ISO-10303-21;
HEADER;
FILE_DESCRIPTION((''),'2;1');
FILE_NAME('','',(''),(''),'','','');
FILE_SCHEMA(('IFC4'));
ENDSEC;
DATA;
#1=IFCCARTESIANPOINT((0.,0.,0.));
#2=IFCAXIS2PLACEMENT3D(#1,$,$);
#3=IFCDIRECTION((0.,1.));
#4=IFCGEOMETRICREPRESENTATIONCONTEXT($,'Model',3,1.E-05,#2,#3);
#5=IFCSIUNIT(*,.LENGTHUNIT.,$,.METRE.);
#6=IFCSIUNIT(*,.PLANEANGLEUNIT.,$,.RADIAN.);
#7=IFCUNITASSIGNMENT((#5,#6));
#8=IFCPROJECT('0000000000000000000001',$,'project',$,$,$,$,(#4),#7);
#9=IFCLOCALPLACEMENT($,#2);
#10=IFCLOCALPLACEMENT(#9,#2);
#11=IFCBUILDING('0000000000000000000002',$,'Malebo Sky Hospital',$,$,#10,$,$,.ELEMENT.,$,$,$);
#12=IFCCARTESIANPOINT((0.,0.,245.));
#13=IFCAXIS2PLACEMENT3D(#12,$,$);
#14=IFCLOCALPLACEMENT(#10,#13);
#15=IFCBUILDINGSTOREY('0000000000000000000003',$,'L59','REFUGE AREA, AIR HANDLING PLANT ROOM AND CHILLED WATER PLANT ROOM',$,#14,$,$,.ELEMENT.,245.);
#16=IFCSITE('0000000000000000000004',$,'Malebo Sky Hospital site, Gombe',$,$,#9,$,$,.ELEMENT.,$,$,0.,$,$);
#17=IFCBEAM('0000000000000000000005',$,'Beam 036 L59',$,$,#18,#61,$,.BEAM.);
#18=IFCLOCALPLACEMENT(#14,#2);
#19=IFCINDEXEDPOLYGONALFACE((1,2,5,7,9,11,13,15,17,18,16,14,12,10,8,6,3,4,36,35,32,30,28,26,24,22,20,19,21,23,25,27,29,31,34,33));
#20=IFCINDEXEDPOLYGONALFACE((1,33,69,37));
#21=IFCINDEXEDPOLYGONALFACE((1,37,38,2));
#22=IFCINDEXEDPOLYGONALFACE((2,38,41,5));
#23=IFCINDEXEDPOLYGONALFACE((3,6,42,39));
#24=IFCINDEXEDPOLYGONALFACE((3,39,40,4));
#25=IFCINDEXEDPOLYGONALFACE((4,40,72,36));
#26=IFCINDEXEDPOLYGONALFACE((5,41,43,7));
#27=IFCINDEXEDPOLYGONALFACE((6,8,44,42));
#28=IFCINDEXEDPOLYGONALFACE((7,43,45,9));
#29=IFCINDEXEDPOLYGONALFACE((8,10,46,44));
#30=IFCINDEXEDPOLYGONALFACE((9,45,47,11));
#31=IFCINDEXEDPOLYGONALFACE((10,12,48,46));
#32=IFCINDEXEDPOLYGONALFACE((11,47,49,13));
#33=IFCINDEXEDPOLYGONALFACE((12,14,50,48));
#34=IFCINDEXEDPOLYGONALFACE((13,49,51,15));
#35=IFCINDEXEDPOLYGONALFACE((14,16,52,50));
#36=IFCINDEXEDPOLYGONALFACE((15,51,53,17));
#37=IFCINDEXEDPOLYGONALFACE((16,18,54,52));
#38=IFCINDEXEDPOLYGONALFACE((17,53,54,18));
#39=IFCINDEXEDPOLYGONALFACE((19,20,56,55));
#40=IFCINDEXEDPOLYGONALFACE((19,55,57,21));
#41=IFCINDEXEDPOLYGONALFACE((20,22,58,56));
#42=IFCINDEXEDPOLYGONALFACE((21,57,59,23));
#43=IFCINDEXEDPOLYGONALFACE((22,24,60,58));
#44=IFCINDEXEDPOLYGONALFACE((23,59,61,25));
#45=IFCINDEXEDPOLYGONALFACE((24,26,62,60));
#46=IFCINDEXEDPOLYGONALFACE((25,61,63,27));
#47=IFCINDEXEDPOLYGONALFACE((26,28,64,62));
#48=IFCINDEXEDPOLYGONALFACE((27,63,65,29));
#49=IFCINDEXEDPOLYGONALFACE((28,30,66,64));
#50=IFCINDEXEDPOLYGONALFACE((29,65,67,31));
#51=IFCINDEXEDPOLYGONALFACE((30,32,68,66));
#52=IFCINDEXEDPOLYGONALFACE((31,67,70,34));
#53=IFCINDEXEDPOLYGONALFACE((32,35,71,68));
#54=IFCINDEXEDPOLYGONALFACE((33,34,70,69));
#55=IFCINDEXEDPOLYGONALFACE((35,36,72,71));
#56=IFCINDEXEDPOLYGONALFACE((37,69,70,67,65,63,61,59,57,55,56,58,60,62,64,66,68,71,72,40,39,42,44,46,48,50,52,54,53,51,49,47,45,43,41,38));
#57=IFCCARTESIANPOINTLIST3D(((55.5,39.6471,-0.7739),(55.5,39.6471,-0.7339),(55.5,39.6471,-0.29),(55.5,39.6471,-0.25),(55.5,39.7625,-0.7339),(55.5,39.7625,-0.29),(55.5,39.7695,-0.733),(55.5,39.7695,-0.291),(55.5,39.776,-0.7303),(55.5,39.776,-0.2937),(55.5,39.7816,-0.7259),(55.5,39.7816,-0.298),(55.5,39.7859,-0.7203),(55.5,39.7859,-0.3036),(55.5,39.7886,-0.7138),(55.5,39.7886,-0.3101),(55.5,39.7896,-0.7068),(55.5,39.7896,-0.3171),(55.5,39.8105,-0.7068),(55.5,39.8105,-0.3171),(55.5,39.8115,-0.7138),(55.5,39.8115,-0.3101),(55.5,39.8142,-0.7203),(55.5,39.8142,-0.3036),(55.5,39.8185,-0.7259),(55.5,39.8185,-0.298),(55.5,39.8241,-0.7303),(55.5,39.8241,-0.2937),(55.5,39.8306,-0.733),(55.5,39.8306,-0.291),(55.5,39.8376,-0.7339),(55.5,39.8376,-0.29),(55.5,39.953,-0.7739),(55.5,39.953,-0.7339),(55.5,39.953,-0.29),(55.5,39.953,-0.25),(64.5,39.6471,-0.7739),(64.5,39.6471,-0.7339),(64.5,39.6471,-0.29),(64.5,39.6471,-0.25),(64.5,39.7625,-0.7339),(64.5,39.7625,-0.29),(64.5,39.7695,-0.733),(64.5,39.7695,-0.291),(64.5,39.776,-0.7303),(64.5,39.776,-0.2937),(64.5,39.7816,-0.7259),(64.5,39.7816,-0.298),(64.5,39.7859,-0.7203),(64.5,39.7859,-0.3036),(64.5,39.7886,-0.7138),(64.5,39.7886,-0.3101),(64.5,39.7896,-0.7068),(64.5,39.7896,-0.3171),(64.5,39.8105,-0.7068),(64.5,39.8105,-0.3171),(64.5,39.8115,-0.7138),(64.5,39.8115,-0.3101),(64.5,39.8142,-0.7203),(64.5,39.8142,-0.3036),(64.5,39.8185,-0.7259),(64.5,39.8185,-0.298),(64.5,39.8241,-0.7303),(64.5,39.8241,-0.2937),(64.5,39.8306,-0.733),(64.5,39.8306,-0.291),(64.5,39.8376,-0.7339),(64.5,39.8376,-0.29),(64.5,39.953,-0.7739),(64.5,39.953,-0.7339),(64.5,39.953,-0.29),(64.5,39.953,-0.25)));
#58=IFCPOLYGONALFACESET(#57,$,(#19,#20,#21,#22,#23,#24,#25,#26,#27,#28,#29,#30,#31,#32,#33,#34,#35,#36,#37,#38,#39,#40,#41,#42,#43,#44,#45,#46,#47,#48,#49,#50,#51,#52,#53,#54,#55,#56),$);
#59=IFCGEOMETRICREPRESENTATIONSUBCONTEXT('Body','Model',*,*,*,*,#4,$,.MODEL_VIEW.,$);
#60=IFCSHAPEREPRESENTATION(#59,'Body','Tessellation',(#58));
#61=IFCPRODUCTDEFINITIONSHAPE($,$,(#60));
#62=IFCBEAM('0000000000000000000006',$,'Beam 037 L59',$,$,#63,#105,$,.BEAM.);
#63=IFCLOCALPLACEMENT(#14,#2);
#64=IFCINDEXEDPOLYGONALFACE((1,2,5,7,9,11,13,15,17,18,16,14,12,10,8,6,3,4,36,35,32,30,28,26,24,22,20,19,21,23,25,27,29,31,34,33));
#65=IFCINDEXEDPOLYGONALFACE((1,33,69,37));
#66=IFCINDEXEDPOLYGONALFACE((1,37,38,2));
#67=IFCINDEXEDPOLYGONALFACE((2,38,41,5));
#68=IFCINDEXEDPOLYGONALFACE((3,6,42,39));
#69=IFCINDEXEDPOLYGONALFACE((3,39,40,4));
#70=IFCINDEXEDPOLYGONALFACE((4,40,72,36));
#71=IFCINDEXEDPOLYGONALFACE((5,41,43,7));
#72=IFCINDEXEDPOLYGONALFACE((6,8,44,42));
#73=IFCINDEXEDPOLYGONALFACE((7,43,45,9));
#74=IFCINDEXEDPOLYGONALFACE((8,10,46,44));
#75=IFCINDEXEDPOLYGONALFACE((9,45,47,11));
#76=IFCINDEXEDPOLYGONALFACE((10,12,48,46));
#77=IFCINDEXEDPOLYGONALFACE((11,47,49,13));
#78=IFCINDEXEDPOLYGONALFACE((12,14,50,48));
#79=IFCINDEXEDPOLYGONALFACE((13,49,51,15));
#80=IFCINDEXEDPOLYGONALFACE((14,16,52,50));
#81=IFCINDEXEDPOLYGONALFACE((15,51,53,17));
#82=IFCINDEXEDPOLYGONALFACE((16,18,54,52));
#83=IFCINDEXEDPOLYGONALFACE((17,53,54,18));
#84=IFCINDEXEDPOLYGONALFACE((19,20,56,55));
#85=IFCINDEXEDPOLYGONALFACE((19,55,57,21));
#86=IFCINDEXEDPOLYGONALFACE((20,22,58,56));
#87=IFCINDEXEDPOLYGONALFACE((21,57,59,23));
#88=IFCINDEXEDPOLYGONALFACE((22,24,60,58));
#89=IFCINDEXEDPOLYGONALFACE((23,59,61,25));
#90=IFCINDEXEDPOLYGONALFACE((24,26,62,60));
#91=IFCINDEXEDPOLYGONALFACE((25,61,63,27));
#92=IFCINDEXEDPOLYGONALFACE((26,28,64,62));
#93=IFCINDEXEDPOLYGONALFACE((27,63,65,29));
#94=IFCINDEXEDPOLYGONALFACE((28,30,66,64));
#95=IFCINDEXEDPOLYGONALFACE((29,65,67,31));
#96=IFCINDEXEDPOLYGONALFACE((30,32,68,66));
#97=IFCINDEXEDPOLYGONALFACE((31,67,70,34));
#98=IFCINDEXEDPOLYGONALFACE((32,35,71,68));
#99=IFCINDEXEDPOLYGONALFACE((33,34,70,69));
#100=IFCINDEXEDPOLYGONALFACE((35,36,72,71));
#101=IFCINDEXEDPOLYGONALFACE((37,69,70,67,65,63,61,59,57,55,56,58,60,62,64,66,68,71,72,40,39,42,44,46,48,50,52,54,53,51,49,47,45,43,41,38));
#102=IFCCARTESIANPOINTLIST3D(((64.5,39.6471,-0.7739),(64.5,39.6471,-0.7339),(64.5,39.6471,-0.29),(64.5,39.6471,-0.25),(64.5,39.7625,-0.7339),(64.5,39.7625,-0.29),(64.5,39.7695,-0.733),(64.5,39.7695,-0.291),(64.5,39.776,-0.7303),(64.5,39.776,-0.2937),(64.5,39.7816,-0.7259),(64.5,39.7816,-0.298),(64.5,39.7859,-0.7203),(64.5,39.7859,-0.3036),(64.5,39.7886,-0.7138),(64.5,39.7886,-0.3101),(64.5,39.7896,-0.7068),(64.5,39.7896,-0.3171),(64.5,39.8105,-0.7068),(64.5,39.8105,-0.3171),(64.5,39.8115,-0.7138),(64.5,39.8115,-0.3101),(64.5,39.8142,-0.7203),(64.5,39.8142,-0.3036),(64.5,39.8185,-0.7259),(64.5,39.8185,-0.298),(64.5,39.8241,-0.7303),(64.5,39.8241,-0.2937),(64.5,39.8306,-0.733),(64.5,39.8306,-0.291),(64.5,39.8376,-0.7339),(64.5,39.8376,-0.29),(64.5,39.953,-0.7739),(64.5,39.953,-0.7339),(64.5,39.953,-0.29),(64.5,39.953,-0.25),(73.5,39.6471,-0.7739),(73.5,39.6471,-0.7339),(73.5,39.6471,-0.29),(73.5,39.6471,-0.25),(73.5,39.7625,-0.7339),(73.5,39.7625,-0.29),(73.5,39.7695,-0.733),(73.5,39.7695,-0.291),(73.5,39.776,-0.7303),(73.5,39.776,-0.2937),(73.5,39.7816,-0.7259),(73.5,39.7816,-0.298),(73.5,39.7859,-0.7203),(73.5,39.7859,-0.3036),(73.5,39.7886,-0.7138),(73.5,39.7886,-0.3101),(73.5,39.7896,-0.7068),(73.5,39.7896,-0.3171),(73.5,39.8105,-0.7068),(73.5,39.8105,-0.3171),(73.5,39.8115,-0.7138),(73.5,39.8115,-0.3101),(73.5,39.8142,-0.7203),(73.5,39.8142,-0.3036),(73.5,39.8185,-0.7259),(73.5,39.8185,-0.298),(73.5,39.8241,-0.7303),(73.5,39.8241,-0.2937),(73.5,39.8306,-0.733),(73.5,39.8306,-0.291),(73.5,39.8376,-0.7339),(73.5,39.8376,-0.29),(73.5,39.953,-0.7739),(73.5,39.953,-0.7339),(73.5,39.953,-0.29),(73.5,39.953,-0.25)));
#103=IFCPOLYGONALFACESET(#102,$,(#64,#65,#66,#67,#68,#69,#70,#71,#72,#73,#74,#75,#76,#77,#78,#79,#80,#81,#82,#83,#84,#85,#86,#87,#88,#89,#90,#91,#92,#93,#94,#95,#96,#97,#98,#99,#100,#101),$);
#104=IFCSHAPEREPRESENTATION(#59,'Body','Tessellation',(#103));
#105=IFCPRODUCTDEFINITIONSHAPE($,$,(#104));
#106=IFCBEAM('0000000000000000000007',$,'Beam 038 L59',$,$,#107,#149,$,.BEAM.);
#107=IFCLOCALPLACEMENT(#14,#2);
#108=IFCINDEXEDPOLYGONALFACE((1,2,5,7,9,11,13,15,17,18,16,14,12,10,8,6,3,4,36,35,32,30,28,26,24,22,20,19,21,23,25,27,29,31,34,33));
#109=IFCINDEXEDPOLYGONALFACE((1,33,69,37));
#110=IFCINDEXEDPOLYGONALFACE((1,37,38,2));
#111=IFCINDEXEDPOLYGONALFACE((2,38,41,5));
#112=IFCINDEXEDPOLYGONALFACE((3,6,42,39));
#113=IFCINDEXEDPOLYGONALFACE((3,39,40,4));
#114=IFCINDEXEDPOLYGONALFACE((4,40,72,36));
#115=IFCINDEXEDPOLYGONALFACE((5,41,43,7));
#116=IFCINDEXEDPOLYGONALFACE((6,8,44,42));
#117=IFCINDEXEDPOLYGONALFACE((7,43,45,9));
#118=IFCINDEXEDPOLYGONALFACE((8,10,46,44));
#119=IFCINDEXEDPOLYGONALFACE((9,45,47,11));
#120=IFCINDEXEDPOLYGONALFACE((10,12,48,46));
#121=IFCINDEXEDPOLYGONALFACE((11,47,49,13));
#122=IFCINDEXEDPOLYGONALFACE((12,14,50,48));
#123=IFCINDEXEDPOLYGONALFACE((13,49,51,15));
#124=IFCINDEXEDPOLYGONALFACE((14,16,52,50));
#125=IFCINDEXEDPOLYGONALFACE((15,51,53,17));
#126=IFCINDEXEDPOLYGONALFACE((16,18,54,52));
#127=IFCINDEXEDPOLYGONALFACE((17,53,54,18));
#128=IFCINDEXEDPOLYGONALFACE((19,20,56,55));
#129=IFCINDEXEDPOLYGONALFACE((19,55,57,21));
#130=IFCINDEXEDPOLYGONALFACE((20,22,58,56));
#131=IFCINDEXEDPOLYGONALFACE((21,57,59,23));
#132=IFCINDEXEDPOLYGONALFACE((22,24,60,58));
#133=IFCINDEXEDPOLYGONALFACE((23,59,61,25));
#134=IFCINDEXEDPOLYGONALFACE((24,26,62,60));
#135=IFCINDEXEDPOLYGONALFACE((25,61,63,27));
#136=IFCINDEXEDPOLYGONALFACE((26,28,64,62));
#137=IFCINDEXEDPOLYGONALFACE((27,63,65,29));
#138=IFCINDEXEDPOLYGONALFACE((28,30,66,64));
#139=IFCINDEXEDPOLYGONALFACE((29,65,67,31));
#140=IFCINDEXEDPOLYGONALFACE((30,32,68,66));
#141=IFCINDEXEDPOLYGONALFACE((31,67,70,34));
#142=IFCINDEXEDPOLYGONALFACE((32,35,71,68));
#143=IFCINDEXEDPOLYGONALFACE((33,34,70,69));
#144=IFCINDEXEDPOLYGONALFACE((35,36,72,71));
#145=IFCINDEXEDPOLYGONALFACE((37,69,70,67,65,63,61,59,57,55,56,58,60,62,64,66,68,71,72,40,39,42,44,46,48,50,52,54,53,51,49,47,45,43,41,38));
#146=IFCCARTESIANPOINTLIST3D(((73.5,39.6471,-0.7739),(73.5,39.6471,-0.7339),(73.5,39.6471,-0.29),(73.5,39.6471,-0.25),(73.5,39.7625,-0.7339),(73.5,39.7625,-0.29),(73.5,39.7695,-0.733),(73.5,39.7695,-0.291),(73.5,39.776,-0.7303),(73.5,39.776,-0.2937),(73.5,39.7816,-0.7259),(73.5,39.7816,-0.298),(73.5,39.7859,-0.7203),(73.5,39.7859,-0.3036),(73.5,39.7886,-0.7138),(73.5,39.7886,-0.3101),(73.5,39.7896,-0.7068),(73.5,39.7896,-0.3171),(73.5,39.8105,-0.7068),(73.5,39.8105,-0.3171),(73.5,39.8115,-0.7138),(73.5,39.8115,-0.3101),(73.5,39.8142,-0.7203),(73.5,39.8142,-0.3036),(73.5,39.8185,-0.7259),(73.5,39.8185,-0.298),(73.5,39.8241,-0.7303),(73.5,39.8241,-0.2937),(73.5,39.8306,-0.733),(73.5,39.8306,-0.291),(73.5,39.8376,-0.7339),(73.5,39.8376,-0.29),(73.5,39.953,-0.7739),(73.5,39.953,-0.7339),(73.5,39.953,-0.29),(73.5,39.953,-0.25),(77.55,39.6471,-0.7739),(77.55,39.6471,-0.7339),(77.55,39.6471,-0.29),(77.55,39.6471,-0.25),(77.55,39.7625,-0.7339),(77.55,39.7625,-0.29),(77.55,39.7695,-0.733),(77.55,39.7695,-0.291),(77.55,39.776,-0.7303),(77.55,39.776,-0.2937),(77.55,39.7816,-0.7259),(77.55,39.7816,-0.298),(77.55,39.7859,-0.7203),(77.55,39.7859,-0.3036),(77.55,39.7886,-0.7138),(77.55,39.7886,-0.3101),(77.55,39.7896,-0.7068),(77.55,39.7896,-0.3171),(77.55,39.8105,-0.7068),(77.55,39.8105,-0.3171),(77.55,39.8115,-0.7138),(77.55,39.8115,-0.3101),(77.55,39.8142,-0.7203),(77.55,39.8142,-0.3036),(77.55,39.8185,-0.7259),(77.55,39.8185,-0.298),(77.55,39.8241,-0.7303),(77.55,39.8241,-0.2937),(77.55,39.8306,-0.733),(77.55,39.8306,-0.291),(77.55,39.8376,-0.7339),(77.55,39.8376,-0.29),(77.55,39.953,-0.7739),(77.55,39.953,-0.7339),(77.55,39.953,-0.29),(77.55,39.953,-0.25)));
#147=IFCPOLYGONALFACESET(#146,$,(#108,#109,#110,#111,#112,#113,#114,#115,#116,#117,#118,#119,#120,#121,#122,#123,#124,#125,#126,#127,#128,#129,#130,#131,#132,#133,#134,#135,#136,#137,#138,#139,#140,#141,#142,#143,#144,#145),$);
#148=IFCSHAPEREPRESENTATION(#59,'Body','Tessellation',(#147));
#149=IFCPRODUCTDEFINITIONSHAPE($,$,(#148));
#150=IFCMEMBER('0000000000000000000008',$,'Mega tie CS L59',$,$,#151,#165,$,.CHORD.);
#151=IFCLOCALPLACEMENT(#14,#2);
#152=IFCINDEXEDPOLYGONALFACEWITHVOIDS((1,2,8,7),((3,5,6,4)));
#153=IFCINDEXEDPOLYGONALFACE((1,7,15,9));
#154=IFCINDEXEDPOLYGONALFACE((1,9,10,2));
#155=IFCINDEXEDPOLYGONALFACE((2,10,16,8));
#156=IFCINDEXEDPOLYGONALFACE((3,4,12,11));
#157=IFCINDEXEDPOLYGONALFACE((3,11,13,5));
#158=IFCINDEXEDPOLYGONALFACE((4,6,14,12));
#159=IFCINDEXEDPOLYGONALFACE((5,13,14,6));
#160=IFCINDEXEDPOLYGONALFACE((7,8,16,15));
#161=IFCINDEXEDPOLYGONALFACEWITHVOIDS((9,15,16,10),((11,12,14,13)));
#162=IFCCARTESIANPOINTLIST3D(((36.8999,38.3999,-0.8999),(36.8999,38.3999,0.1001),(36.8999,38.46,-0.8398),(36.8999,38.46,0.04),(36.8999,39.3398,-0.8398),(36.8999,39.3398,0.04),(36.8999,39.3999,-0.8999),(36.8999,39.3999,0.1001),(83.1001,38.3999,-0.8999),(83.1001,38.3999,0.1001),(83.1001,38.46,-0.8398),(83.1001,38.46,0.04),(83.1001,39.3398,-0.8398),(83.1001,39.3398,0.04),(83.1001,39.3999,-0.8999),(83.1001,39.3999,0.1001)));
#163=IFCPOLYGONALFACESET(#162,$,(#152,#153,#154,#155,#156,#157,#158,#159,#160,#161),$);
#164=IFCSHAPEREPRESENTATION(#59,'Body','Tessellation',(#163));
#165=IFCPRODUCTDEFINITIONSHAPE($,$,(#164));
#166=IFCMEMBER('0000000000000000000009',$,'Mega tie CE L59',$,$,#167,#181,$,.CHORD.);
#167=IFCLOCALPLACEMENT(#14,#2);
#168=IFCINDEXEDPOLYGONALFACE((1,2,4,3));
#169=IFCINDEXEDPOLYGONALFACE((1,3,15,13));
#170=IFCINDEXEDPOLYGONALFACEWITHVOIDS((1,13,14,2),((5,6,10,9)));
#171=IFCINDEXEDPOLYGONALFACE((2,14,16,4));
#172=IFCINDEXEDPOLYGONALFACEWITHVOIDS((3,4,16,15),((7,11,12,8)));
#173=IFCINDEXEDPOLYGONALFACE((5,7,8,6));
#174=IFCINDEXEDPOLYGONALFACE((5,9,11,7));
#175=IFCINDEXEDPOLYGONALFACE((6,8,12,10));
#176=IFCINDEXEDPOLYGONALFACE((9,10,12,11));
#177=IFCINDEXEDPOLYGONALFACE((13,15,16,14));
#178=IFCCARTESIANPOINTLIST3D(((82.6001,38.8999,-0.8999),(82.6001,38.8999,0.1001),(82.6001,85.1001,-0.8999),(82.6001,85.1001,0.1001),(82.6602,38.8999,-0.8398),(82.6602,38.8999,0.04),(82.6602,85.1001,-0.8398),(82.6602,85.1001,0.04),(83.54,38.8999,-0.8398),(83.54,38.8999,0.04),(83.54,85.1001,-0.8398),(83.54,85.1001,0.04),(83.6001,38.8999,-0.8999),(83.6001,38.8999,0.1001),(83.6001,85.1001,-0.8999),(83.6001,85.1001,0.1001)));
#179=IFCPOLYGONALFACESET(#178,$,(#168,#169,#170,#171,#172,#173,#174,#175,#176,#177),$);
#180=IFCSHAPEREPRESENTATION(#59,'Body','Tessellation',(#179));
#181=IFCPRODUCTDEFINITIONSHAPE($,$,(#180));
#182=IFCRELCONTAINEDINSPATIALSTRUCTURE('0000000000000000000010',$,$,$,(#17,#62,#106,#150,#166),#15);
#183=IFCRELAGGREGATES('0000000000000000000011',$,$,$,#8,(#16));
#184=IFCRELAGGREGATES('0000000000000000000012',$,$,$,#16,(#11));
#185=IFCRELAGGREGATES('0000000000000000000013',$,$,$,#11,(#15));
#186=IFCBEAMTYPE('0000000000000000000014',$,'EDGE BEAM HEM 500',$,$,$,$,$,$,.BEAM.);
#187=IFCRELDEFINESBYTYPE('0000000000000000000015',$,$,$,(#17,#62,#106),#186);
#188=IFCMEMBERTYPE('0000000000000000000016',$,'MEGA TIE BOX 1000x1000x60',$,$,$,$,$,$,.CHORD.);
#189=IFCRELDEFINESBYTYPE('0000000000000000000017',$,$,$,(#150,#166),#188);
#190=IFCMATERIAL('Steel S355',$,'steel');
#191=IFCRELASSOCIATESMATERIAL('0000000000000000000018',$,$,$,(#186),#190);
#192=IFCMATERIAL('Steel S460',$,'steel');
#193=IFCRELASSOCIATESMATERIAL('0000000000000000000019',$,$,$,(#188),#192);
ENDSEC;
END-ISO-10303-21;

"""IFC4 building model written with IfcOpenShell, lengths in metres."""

from ifc_helpers import new_model, si_unit, direction, frame, origin, origin_2d, place, context, subcontext, project, spatial, hollow_rectangle, i_section, extrude, material, material_profile, profile_set, type_object, element, save


model = new_model("IFC4")

# Units and contexts
model_context = context("Model", 3, precision=1e-05, world=origin(), true_north=direction((0.0, 1.0)))
body_context = subcontext(model_context, "Body", "Model", "MODEL_VIEW")
ifc_project = project(units=[si_unit("LENGTHUNIT", "METRE"), si_unit("PLANEANGLEUNIT", "RADIAN")], contexts=[model_context])

# Site, building, storey
site_placement = place(None, origin())
site = spatial("IfcSite", under=ifc_project, at=site_placement, Name="Malebo Sky Hospital site, Gombe", CompositionType="ELEMENT", RefElevation=0.0)
building_placement = place(site_placement, origin())
building = spatial("IfcBuilding", under=site, at=building_placement, Name="Malebo Sky Hospital", CompositionType="ELEMENT")
storey_placement = place(building_placement, frame((0.0, 0.0, 245.0)))
storey = spatial("IfcBuildingStorey", under=building, at=storey_placement, Name="L59", Description="REFUGE AREA, AIR HANDLING PLANT ROOM AND CHILLED WATER PLANT ROOM", CompositionType="ELEMENT", Elevation=245.0)

# Shared definitions
ifc_material_1 = material(Name="Steel S460", Category="steel")

# Beams
ifc_material_2 = material(Name="Steel S355", Category="steel")
ifc_material_profile_1 = material_profile(ifc_material_2, i_section(OverallWidth=0.3059, OverallDepth=0.5239, WebThickness=0.021, FlangeThickness=0.04, FilletRadius=0.0271, at=origin_2d()), Name="HEM 500")
ifc_profile_set_1 = profile_set([ifc_material_profile_1], Name="Steel S355")
beam_type = type_object("IfcBeamType", Name="EDGE BEAM HEM 500", PredefinedType="BEAM", material=ifc_profile_set_1)
for number, where, z_axis, x_axis, name in (
    (1, (55.5, 39.8, -0.512), (1.0, 0.0, 0.0), (0.0, 1.0, 0.0), "Beam 036 L59"),
    (2, (64.5, 39.8, -0.512), (1.0, 0.0, 0.0), (0.0, 1.0, 0.0), "Beam 037 L59"),
):
    element("IfcBeam", number, at=place(storey_placement, frame(where, z_axis=z_axis, x_axis=x_axis)), inside=storey, type_object=beam_type, Name=name, PredefinedType="BEAM", context=body_context, shape_type="SweptSolid", body=[
        extrude(i_section(OverallWidth=0.3059, OverallDepth=0.5239, WebThickness=0.021, FlangeThickness=0.04, FilletRadius=0.0271, at=origin_2d()), origin(), (0.0, 0.0, 1.0), 9.0),
    ])
beam_1_placement = place(storey_placement, frame((73.5, 39.8, -0.512), z_axis=(1.0, 0.0, 0.0), x_axis=(0.0, 1.0, 0.0)))
element("IfcBeam", 3, at=beam_1_placement, inside=storey, type_object=beam_type, Name="Beam 038 L59", PredefinedType="BEAM", context=body_context, shape_type="SweptSolid", body=[
    extrude(i_section(OverallWidth=0.3059, OverallDepth=0.5239, WebThickness=0.021, FlangeThickness=0.04, FilletRadius=0.0271, at=origin_2d()), origin(), (0.0, 0.0, 1.0), 4.05),
])

# Members
ifc_material_profile_2 = material_profile(ifc_material_1, hollow_rectangle(XDim=1.0, YDim=1.0, WallThickness=0.0601, at=origin_2d()), Name="BOX 1000x1000x60")
ifc_profile_set_2 = profile_set([ifc_material_profile_2], Name="Steel S460")
member_type_1 = type_object("IfcMemberType", Name="MEGA TIE BOX 1000x1000x60", PredefinedType="CHORD", material=ifc_profile_set_2)
for number, where, z_axis, x_axis, name in (
    (4, (36.8999, 38.8999, -0.3999), (1.0, 0.0, 0.0), (0.0, 1.0, 0.0), "Mega tie CS L59"),
    (5, (83.1001, 38.8999, -0.3999), (0.0, 1.0, 0.0), (-1.0, 0.0, 0.0), "Mega tie CE L59"),
):
    element("IfcMember", number, at=place(storey_placement, frame(where, z_axis=z_axis, x_axis=x_axis)), inside=storey, type_object=member_type_1, Name=name, PredefinedType="CHORD", context=body_context, shape_type="SweptSolid", body=[
        extrude(hollow_rectangle(XDim=1.0, YDim=1.0, WallThickness=0.0601, at=origin_2d()), origin(), (0.0, 0.0, 1.0), 46.2002),
    ])

save(model, "model.ifc")
